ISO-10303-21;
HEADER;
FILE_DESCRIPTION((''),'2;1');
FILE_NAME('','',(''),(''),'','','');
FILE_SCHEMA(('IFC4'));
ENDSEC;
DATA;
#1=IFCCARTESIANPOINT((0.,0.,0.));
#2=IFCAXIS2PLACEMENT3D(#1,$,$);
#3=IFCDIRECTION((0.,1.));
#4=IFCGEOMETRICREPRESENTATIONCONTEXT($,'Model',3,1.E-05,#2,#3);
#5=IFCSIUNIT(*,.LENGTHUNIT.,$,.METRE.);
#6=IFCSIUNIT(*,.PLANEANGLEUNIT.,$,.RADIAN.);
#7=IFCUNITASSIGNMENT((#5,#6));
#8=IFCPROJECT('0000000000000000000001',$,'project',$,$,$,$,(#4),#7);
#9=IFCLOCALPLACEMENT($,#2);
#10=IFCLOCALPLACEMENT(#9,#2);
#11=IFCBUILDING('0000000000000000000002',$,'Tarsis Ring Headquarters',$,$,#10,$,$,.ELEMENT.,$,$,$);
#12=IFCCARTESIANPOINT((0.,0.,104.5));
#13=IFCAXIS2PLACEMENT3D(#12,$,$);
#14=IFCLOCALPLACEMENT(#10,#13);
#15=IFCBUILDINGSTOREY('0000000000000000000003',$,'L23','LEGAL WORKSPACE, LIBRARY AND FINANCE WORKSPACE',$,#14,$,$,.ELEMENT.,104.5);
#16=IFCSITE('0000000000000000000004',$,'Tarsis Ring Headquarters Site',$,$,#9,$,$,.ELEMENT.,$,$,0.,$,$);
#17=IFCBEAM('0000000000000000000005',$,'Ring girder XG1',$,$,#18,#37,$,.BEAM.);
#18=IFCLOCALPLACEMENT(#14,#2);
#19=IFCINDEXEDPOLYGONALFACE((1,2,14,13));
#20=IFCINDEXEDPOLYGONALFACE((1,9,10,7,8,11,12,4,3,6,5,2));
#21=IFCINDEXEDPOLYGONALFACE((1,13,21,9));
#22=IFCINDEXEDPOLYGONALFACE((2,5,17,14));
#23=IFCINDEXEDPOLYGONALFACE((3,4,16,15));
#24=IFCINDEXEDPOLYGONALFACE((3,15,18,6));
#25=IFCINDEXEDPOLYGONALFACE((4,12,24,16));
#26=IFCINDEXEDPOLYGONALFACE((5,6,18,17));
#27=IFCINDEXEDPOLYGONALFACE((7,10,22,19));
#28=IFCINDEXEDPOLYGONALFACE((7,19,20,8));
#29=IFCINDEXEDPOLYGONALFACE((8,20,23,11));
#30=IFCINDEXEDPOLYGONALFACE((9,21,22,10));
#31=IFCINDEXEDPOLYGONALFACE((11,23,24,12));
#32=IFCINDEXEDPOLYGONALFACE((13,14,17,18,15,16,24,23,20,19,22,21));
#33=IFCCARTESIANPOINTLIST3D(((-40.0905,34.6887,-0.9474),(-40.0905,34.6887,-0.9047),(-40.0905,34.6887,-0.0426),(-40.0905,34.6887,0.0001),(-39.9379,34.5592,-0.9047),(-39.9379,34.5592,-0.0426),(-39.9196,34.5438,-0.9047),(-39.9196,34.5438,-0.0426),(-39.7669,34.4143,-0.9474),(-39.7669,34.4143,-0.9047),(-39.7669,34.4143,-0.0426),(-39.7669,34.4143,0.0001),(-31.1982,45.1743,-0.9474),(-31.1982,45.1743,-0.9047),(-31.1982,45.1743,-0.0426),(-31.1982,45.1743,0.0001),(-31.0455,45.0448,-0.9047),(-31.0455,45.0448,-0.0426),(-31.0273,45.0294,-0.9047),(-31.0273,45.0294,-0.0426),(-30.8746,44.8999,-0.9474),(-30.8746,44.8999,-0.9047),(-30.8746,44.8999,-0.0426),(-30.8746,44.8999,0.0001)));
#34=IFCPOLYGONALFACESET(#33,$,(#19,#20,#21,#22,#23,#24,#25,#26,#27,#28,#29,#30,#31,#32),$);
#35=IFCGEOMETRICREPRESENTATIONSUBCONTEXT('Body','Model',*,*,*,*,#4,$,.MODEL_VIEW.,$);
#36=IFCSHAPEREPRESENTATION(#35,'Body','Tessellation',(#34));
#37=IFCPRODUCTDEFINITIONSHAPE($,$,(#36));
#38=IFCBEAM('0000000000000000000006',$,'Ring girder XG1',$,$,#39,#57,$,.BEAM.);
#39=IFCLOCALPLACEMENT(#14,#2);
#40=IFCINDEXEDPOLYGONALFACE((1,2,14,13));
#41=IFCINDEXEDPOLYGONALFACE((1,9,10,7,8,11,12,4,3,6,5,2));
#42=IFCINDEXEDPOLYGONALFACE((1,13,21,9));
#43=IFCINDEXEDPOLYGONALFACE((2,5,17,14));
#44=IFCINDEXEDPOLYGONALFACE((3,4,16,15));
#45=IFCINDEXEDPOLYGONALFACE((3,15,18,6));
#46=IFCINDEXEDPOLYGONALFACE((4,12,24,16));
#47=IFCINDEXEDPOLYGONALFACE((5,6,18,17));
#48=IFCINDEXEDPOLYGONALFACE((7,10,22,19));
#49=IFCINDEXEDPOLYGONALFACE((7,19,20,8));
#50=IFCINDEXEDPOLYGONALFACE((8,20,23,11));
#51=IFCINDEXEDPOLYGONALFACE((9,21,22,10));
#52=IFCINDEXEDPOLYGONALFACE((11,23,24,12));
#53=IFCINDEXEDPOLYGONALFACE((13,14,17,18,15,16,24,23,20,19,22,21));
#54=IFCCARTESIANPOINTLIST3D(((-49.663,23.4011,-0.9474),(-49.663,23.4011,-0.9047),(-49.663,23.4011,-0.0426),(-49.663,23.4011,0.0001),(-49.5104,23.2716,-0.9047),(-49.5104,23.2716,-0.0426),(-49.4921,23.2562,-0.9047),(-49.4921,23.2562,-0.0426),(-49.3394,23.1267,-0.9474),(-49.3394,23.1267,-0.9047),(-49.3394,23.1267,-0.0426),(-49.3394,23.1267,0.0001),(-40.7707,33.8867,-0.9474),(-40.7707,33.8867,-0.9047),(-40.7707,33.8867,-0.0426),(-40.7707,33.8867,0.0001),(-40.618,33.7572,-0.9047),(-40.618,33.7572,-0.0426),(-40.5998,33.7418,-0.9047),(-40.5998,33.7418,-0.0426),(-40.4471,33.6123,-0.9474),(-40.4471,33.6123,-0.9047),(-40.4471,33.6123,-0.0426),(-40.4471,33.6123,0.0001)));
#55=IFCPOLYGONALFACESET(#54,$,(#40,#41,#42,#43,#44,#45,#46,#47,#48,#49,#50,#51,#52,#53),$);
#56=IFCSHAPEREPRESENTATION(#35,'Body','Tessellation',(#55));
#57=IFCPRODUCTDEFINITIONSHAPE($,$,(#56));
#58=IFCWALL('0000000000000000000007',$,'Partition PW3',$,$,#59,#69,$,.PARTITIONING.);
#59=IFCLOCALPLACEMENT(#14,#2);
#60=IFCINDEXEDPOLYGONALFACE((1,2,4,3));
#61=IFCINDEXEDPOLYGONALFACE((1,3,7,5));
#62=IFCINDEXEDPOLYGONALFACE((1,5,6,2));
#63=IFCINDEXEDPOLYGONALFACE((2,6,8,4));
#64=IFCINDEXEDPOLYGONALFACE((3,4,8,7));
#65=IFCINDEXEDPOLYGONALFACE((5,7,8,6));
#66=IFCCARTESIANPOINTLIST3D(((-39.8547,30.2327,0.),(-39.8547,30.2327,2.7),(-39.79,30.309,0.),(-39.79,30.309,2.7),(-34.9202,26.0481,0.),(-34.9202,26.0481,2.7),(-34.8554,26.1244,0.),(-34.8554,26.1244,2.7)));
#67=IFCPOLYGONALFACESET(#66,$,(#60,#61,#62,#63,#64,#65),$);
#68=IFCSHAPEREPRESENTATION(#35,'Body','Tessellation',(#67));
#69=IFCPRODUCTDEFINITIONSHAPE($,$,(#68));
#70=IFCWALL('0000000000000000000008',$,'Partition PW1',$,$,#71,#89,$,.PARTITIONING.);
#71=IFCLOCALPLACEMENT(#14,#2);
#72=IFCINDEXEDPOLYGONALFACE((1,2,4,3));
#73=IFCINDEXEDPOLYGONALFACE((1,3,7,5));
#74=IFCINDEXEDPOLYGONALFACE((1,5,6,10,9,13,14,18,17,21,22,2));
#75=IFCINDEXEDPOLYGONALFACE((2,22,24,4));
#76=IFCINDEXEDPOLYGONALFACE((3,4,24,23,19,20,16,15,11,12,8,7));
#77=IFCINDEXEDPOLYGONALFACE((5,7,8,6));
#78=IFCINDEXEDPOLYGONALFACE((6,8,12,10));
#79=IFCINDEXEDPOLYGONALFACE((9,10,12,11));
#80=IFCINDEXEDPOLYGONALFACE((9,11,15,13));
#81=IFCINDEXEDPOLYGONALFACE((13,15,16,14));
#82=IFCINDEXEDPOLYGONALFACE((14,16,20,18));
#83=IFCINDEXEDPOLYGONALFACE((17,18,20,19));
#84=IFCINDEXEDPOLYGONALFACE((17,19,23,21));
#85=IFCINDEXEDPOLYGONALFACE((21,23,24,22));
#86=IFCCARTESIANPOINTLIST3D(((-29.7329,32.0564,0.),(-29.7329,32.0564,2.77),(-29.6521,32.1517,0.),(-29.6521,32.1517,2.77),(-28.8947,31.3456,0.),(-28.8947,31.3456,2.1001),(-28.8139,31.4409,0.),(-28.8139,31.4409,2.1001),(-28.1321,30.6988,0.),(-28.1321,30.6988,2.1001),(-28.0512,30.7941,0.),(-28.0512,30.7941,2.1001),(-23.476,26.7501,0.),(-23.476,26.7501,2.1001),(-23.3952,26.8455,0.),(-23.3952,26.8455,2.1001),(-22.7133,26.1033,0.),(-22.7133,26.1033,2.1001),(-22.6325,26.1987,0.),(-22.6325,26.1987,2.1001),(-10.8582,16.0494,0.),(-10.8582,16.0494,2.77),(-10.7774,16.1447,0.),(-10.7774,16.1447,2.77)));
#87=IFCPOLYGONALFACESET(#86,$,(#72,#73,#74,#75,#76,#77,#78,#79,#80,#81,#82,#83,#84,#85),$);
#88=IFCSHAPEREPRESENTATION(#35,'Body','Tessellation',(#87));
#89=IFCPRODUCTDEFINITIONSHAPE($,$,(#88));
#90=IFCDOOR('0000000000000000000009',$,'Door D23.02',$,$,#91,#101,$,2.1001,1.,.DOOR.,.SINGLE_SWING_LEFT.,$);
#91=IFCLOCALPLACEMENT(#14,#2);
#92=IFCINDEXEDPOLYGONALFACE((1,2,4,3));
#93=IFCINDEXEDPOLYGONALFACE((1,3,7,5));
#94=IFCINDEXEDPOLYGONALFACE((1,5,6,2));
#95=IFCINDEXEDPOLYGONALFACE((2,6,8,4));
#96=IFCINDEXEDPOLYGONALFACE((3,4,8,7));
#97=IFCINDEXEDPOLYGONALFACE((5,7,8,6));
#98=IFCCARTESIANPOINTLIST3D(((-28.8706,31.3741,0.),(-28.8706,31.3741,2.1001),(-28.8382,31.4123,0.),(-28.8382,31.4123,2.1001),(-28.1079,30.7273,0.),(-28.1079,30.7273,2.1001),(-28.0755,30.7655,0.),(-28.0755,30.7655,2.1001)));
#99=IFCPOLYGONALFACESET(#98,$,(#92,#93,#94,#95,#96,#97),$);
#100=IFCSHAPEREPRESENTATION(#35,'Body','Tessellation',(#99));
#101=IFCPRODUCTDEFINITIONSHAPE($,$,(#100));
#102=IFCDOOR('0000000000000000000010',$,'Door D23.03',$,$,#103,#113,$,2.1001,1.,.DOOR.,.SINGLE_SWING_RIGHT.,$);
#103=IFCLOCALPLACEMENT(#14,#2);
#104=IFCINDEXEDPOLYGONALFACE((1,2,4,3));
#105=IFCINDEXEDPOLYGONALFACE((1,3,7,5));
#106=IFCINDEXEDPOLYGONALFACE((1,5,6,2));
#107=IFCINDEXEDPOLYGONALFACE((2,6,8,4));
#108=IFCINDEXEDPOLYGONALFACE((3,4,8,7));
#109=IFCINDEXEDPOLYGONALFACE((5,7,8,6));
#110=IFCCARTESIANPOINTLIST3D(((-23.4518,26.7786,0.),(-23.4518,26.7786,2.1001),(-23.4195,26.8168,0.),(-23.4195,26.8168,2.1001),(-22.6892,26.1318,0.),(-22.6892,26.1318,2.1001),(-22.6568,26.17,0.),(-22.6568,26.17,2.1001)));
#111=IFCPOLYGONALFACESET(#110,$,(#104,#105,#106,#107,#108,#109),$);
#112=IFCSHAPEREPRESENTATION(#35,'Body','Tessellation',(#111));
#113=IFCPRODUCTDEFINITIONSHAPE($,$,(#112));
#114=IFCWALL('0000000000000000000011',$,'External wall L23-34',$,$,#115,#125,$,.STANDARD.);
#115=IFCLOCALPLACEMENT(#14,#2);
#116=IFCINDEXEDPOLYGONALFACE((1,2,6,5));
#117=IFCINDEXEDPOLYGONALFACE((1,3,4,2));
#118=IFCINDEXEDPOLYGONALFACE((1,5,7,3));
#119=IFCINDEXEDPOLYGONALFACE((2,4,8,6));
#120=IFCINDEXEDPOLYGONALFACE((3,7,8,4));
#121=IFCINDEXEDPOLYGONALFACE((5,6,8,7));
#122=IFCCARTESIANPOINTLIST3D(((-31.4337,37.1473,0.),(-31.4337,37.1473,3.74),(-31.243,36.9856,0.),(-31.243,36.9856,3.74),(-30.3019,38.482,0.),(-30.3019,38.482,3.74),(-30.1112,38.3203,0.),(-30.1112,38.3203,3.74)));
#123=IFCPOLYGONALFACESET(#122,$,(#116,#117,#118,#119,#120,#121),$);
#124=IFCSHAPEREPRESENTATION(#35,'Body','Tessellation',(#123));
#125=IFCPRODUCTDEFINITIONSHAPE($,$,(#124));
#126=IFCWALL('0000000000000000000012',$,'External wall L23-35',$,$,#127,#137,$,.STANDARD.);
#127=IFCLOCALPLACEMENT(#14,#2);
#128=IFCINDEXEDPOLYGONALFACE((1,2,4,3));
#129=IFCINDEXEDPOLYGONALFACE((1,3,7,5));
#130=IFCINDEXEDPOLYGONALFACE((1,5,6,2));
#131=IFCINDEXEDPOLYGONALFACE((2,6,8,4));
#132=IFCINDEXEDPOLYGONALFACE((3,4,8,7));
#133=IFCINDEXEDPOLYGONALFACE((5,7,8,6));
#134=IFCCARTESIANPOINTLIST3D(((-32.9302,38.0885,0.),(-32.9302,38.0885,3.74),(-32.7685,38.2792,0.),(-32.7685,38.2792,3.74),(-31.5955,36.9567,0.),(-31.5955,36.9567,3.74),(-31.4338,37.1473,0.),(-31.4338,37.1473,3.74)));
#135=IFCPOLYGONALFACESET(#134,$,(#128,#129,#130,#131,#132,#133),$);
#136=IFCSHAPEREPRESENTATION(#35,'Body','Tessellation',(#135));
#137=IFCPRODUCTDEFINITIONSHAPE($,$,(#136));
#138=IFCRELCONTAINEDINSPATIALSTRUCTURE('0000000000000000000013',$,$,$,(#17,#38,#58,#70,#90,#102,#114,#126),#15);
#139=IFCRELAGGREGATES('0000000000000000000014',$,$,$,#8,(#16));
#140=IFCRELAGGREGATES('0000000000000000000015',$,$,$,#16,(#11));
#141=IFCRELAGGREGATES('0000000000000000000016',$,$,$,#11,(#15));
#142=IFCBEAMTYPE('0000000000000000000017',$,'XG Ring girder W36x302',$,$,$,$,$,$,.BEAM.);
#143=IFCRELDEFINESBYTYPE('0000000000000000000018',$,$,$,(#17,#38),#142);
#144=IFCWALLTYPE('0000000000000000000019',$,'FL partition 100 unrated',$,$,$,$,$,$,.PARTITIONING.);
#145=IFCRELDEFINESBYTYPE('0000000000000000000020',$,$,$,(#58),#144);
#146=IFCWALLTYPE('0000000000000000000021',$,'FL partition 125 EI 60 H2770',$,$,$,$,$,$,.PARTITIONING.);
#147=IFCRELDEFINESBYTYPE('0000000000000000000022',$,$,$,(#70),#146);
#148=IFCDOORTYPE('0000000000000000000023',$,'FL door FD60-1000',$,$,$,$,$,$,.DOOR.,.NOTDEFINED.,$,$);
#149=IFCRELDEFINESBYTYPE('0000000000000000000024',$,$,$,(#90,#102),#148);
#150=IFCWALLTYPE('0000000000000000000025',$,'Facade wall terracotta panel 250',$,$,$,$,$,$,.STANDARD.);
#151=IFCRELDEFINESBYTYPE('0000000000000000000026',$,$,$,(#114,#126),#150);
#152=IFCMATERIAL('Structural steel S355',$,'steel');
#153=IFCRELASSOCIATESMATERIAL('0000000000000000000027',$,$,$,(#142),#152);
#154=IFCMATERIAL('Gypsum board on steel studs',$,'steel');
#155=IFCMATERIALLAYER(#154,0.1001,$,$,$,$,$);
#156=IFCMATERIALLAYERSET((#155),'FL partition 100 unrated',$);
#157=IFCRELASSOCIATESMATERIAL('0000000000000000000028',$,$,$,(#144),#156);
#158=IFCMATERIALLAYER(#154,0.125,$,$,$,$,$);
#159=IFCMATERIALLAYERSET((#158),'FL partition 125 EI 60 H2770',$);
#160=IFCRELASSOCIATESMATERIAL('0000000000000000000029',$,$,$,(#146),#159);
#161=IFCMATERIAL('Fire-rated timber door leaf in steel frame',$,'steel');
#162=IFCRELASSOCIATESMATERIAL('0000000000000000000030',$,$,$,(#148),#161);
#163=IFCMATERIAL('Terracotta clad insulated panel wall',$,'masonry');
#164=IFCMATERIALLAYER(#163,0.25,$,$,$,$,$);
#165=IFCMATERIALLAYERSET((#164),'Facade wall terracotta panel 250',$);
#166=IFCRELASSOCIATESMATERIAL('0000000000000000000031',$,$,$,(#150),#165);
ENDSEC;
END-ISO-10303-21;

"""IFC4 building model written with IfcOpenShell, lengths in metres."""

from ifc_helpers import new_model, si_unit, direction, frame, frame_2d, origin, origin_2d, place, context, subcontext, project, spatial, rectangle, i_section, extrude, material, layer, layer_set, material_profile, profile_set, type_object, element, fill, save


model = new_model("IFC4")

# Units and contexts
model_context = context("Model", 3, precision=1e-05, world=origin(), true_north=direction((0.0, 1.0)))
body_context = subcontext(model_context, "Body", "Model", "MODEL_VIEW")
ifc_project = project(units=[si_unit("LENGTHUNIT", "METRE"), si_unit("PLANEANGLEUNIT", "RADIAN")], contexts=[model_context])

# Site, building, storey
site_placement = place(None, origin())
site = spatial("IfcSite", under=ifc_project, at=site_placement, Name="Tarsis Ring Headquarters Site", CompositionType="ELEMENT", RefElevation=0.0)
building_placement = place(site_placement, origin())
building = spatial("IfcBuilding", under=site, at=building_placement, Name="Tarsis Ring Headquarters", CompositionType="ELEMENT")
storey_placement = place(building_placement, frame((0.0, 0.0, 104.5)))
storey = spatial("IfcBuildingStorey", under=building, at=storey_placement, Name="L23", Description="LEGAL WORKSPACE, LIBRARY AND FINANCE WORKSPACE", CompositionType="ELEMENT", Elevation=104.5)

# Shared definitions
ifc_material_1 = material(Name="Structural steel S355", Category="steel")

# Beams
ifc_material_profile_1 = material_profile(ifc_material_1, i_section(OverallWidth=0.4243, OverallDepth=0.9475, WebThickness=0.0239, FlangeThickness=0.0427, at=origin_2d()), Name="W36x302")
ifc_profile_set_1 = profile_set([ifc_material_profile_1], Name="Structural steel S355")
beam_type = type_object("IfcBeamType", Name="XG Ring girder W36x302", PredefinedType="BEAM", material=ifc_profile_set_1)
for number, where, z_axis, x_axis, name in (
    (1, (-31.0364, 45.0371, -0.4736), (-0.646786, -0.762672, 0.0), (0.762672, -0.646786, 0.0), "Ring girder XG1"),
    (2, (-40.6089, 33.7495, -0.4736), (-0.646786, -0.762672, 0.0), (0.762672, -0.646786, 0.0), "Ring girder XG1"),
):
    element("IfcBeam", number, at=place(storey_placement, frame(where, z_axis=z_axis, x_axis=x_axis)), inside=storey, type_object=beam_type, Name=name, PredefinedType="BEAM", context=body_context, shape_type="SweptSolid", body=[
        extrude(i_section(OverallWidth=0.4243, OverallDepth=0.9475, WebThickness=0.0239, FlangeThickness=0.0427, at=origin_2d()), origin(), (0.0, 0.0, 1.0), 13.7485),
    ])

# Wall
ifc_material_2 = material(Name="Gypsum board on steel studs", Category="steel")
ifc_layer_1 = layer(ifc_material_2, 0.1001)
ifc_layer_set_1 = layer_set([ifc_layer_1], Name="FL partition 100 unrated")
wall_type_1 = type_object("IfcWallType", Name="FL partition 100 unrated", PredefinedType="PARTITIONING", material=ifc_layer_set_1)
wall_1_placement = place(storey_placement, frame((-39.8223, 30.2708, 0.0), z_axis=(0.0, 0.0, 1.0), x_axis=(0.762687, -0.646767, 0.0)))
element("IfcWall", 3, at=wall_1_placement, inside=storey, type_object=wall_type_1, Name="Partition PW3", PredefinedType="PARTITIONING", context=body_context, shape_type="SweptSolid", body=[
    extrude(rectangle(XDim=6.47, YDim=0.1001, at=frame_2d((3.2349, 0.0))), origin(), (0.0, 0.0, 1.0), 2.7),
])

# Wall, openings, doors
ifc_layer_2 = layer(ifc_material_2, 0.125)
ifc_layer_set_2 = layer_set([ifc_layer_2], Name="FL partition 125 EI 60 H2770")
wall_type_2 = type_object("IfcWallType", Name="FL partition 125 EI 60 H2770", PredefinedType="PARTITIONING", material=ifc_layer_set_2)
wall_2_placement = place(storey_placement, frame((-29.6924, 32.104, 0.0), z_axis=(0.0, 0.0, 1.0), x_axis=(0.762666, -0.646793, 0.0)))
wall_2 = element("IfcWall", 4, at=wall_2_placement, inside=storey, type_object=wall_type_2, Name="Partition PW1", PredefinedType="PARTITIONING", context=body_context, shape_type="SweptSolid", body=[
    extrude(rectangle(XDim=24.7483, YDim=0.125, at=frame_2d((12.374, 0.0))), origin(), (0.0, 0.0, 1.0), 2.77),
])
opening_1_placement = place(wall_2_placement, frame((1.0989, 0.0, 0.0)))
opening_1 = element("IfcOpeningElement", 5, at=opening_1_placement, cuts=wall_2, PredefinedType="OPENING", context=body_context, shape_type="SweptSolid", body=[
    extrude(rectangle(XDim=1.0, YDim=2.1001, at=frame_2d((0.5, 1.05))), frame((0.0, 0.0725, 0.0), z_axis=(0.0, -1.0, 0.0), x_axis=(1.0, 0.0, 0.0)), (0.0, 0.0, 1.0), 0.145),
])
opening_2_placement = place(wall_2_placement, frame((8.2039, 0.0, 0.0)))
opening_2 = element("IfcOpeningElement", 6, at=opening_2_placement, cuts=wall_2, PredefinedType="OPENING", context=body_context, shape_type="SweptSolid", body=[
    extrude(rectangle(XDim=1.0, YDim=2.1001, at=frame_2d((0.5, 1.05))), frame((0.0, 0.0725, 0.0), z_axis=(0.0, -1.0, 0.0), x_axis=(1.0, 0.0, 0.0)), (0.0, 0.0, 1.0), 0.145),
])
ifc_material_3 = material(Name="Fire-rated timber door leaf in steel frame", Category="steel")
door_type = type_object("IfcDoorType", Name="FL door FD60-1000", OperationType="NOTDEFINED", PredefinedType="DOOR", material=ifc_material_3)
door_1_placement = place(opening_1_placement, origin())
door_1 = element("IfcDoor", 7, at=door_1_placement, inside=storey, type_object=door_type, Name="Door D23.02", OperationType="SINGLE_SWING_LEFT", OverallHeight=2.1001, OverallWidth=1.0, PredefinedType="DOOR", context=body_context, shape_type="SweptSolid", body=[
    extrude(rectangle(XDim=1.0, YDim=2.1001, at=frame_2d((0.5, 1.05))), frame((0.0, 0.0249, 0.0), z_axis=(0.0, -1.0, 0.0), x_axis=(1.0, 0.0, 0.0)), (0.0, 0.0, 1.0), 0.05),
])
fill(opening_1, door_1)
door_2_placement = place(opening_2_placement, origin())
door_2 = element("IfcDoor", 8, at=door_2_placement, inside=storey, type_object=door_type, Name="Door D23.03", OperationType="SINGLE_SWING_RIGHT", OverallHeight=2.1001, OverallWidth=1.0, PredefinedType="DOOR", context=body_context, shape_type="SweptSolid", body=[
    extrude(rectangle(XDim=1.0, YDim=2.1001, at=frame_2d((0.5, 1.05))), frame((0.0, 0.0249, 0.0), z_axis=(0.0, -1.0, 0.0), x_axis=(1.0, 0.0, 0.0)), (0.0, 0.0, 1.0), 0.05),
])
fill(opening_2, door_2)

# Walls
ifc_material_4 = material(Name="Terracotta clad insulated panel wall", Category="masonry")
ifc_layer_3 = layer(ifc_material_4, 0.25)
ifc_layer_set_3 = layer_set([ifc_layer_3], Name="Facade wall terracotta panel 250")
wall_type_3 = type_object("IfcWallType", Name="Facade wall terracotta panel 250", PredefinedType="STANDARD", material=ifc_layer_set_3)
for number, where, z_axis, x_axis, name in (
    (9, (-30.2065, 38.4011, 0.0), (0.0, 0.0, 1.0), (-0.646761, -0.762693, 0.0), "External wall L23-34"),
    (10, (-31.5146, 37.052, 0.0), (0.0, 0.0, 1.0), (-0.762693, 0.646761, 0.0), "External wall L23-35"),
):
    element("IfcWall", number, at=place(storey_placement, frame(where, z_axis=z_axis, x_axis=x_axis)), inside=storey, type_object=wall_type_3, Name=name, PredefinedType="STANDARD", context=body_context, shape_type="SweptSolid", body=[
        extrude(rectangle(XDim=1.75, YDim=0.25, at=frame_2d((0.875, 0.0))), origin(), (0.0, 0.0, 1.0), 3.74),
    ])

save(model, "model.ifc")
